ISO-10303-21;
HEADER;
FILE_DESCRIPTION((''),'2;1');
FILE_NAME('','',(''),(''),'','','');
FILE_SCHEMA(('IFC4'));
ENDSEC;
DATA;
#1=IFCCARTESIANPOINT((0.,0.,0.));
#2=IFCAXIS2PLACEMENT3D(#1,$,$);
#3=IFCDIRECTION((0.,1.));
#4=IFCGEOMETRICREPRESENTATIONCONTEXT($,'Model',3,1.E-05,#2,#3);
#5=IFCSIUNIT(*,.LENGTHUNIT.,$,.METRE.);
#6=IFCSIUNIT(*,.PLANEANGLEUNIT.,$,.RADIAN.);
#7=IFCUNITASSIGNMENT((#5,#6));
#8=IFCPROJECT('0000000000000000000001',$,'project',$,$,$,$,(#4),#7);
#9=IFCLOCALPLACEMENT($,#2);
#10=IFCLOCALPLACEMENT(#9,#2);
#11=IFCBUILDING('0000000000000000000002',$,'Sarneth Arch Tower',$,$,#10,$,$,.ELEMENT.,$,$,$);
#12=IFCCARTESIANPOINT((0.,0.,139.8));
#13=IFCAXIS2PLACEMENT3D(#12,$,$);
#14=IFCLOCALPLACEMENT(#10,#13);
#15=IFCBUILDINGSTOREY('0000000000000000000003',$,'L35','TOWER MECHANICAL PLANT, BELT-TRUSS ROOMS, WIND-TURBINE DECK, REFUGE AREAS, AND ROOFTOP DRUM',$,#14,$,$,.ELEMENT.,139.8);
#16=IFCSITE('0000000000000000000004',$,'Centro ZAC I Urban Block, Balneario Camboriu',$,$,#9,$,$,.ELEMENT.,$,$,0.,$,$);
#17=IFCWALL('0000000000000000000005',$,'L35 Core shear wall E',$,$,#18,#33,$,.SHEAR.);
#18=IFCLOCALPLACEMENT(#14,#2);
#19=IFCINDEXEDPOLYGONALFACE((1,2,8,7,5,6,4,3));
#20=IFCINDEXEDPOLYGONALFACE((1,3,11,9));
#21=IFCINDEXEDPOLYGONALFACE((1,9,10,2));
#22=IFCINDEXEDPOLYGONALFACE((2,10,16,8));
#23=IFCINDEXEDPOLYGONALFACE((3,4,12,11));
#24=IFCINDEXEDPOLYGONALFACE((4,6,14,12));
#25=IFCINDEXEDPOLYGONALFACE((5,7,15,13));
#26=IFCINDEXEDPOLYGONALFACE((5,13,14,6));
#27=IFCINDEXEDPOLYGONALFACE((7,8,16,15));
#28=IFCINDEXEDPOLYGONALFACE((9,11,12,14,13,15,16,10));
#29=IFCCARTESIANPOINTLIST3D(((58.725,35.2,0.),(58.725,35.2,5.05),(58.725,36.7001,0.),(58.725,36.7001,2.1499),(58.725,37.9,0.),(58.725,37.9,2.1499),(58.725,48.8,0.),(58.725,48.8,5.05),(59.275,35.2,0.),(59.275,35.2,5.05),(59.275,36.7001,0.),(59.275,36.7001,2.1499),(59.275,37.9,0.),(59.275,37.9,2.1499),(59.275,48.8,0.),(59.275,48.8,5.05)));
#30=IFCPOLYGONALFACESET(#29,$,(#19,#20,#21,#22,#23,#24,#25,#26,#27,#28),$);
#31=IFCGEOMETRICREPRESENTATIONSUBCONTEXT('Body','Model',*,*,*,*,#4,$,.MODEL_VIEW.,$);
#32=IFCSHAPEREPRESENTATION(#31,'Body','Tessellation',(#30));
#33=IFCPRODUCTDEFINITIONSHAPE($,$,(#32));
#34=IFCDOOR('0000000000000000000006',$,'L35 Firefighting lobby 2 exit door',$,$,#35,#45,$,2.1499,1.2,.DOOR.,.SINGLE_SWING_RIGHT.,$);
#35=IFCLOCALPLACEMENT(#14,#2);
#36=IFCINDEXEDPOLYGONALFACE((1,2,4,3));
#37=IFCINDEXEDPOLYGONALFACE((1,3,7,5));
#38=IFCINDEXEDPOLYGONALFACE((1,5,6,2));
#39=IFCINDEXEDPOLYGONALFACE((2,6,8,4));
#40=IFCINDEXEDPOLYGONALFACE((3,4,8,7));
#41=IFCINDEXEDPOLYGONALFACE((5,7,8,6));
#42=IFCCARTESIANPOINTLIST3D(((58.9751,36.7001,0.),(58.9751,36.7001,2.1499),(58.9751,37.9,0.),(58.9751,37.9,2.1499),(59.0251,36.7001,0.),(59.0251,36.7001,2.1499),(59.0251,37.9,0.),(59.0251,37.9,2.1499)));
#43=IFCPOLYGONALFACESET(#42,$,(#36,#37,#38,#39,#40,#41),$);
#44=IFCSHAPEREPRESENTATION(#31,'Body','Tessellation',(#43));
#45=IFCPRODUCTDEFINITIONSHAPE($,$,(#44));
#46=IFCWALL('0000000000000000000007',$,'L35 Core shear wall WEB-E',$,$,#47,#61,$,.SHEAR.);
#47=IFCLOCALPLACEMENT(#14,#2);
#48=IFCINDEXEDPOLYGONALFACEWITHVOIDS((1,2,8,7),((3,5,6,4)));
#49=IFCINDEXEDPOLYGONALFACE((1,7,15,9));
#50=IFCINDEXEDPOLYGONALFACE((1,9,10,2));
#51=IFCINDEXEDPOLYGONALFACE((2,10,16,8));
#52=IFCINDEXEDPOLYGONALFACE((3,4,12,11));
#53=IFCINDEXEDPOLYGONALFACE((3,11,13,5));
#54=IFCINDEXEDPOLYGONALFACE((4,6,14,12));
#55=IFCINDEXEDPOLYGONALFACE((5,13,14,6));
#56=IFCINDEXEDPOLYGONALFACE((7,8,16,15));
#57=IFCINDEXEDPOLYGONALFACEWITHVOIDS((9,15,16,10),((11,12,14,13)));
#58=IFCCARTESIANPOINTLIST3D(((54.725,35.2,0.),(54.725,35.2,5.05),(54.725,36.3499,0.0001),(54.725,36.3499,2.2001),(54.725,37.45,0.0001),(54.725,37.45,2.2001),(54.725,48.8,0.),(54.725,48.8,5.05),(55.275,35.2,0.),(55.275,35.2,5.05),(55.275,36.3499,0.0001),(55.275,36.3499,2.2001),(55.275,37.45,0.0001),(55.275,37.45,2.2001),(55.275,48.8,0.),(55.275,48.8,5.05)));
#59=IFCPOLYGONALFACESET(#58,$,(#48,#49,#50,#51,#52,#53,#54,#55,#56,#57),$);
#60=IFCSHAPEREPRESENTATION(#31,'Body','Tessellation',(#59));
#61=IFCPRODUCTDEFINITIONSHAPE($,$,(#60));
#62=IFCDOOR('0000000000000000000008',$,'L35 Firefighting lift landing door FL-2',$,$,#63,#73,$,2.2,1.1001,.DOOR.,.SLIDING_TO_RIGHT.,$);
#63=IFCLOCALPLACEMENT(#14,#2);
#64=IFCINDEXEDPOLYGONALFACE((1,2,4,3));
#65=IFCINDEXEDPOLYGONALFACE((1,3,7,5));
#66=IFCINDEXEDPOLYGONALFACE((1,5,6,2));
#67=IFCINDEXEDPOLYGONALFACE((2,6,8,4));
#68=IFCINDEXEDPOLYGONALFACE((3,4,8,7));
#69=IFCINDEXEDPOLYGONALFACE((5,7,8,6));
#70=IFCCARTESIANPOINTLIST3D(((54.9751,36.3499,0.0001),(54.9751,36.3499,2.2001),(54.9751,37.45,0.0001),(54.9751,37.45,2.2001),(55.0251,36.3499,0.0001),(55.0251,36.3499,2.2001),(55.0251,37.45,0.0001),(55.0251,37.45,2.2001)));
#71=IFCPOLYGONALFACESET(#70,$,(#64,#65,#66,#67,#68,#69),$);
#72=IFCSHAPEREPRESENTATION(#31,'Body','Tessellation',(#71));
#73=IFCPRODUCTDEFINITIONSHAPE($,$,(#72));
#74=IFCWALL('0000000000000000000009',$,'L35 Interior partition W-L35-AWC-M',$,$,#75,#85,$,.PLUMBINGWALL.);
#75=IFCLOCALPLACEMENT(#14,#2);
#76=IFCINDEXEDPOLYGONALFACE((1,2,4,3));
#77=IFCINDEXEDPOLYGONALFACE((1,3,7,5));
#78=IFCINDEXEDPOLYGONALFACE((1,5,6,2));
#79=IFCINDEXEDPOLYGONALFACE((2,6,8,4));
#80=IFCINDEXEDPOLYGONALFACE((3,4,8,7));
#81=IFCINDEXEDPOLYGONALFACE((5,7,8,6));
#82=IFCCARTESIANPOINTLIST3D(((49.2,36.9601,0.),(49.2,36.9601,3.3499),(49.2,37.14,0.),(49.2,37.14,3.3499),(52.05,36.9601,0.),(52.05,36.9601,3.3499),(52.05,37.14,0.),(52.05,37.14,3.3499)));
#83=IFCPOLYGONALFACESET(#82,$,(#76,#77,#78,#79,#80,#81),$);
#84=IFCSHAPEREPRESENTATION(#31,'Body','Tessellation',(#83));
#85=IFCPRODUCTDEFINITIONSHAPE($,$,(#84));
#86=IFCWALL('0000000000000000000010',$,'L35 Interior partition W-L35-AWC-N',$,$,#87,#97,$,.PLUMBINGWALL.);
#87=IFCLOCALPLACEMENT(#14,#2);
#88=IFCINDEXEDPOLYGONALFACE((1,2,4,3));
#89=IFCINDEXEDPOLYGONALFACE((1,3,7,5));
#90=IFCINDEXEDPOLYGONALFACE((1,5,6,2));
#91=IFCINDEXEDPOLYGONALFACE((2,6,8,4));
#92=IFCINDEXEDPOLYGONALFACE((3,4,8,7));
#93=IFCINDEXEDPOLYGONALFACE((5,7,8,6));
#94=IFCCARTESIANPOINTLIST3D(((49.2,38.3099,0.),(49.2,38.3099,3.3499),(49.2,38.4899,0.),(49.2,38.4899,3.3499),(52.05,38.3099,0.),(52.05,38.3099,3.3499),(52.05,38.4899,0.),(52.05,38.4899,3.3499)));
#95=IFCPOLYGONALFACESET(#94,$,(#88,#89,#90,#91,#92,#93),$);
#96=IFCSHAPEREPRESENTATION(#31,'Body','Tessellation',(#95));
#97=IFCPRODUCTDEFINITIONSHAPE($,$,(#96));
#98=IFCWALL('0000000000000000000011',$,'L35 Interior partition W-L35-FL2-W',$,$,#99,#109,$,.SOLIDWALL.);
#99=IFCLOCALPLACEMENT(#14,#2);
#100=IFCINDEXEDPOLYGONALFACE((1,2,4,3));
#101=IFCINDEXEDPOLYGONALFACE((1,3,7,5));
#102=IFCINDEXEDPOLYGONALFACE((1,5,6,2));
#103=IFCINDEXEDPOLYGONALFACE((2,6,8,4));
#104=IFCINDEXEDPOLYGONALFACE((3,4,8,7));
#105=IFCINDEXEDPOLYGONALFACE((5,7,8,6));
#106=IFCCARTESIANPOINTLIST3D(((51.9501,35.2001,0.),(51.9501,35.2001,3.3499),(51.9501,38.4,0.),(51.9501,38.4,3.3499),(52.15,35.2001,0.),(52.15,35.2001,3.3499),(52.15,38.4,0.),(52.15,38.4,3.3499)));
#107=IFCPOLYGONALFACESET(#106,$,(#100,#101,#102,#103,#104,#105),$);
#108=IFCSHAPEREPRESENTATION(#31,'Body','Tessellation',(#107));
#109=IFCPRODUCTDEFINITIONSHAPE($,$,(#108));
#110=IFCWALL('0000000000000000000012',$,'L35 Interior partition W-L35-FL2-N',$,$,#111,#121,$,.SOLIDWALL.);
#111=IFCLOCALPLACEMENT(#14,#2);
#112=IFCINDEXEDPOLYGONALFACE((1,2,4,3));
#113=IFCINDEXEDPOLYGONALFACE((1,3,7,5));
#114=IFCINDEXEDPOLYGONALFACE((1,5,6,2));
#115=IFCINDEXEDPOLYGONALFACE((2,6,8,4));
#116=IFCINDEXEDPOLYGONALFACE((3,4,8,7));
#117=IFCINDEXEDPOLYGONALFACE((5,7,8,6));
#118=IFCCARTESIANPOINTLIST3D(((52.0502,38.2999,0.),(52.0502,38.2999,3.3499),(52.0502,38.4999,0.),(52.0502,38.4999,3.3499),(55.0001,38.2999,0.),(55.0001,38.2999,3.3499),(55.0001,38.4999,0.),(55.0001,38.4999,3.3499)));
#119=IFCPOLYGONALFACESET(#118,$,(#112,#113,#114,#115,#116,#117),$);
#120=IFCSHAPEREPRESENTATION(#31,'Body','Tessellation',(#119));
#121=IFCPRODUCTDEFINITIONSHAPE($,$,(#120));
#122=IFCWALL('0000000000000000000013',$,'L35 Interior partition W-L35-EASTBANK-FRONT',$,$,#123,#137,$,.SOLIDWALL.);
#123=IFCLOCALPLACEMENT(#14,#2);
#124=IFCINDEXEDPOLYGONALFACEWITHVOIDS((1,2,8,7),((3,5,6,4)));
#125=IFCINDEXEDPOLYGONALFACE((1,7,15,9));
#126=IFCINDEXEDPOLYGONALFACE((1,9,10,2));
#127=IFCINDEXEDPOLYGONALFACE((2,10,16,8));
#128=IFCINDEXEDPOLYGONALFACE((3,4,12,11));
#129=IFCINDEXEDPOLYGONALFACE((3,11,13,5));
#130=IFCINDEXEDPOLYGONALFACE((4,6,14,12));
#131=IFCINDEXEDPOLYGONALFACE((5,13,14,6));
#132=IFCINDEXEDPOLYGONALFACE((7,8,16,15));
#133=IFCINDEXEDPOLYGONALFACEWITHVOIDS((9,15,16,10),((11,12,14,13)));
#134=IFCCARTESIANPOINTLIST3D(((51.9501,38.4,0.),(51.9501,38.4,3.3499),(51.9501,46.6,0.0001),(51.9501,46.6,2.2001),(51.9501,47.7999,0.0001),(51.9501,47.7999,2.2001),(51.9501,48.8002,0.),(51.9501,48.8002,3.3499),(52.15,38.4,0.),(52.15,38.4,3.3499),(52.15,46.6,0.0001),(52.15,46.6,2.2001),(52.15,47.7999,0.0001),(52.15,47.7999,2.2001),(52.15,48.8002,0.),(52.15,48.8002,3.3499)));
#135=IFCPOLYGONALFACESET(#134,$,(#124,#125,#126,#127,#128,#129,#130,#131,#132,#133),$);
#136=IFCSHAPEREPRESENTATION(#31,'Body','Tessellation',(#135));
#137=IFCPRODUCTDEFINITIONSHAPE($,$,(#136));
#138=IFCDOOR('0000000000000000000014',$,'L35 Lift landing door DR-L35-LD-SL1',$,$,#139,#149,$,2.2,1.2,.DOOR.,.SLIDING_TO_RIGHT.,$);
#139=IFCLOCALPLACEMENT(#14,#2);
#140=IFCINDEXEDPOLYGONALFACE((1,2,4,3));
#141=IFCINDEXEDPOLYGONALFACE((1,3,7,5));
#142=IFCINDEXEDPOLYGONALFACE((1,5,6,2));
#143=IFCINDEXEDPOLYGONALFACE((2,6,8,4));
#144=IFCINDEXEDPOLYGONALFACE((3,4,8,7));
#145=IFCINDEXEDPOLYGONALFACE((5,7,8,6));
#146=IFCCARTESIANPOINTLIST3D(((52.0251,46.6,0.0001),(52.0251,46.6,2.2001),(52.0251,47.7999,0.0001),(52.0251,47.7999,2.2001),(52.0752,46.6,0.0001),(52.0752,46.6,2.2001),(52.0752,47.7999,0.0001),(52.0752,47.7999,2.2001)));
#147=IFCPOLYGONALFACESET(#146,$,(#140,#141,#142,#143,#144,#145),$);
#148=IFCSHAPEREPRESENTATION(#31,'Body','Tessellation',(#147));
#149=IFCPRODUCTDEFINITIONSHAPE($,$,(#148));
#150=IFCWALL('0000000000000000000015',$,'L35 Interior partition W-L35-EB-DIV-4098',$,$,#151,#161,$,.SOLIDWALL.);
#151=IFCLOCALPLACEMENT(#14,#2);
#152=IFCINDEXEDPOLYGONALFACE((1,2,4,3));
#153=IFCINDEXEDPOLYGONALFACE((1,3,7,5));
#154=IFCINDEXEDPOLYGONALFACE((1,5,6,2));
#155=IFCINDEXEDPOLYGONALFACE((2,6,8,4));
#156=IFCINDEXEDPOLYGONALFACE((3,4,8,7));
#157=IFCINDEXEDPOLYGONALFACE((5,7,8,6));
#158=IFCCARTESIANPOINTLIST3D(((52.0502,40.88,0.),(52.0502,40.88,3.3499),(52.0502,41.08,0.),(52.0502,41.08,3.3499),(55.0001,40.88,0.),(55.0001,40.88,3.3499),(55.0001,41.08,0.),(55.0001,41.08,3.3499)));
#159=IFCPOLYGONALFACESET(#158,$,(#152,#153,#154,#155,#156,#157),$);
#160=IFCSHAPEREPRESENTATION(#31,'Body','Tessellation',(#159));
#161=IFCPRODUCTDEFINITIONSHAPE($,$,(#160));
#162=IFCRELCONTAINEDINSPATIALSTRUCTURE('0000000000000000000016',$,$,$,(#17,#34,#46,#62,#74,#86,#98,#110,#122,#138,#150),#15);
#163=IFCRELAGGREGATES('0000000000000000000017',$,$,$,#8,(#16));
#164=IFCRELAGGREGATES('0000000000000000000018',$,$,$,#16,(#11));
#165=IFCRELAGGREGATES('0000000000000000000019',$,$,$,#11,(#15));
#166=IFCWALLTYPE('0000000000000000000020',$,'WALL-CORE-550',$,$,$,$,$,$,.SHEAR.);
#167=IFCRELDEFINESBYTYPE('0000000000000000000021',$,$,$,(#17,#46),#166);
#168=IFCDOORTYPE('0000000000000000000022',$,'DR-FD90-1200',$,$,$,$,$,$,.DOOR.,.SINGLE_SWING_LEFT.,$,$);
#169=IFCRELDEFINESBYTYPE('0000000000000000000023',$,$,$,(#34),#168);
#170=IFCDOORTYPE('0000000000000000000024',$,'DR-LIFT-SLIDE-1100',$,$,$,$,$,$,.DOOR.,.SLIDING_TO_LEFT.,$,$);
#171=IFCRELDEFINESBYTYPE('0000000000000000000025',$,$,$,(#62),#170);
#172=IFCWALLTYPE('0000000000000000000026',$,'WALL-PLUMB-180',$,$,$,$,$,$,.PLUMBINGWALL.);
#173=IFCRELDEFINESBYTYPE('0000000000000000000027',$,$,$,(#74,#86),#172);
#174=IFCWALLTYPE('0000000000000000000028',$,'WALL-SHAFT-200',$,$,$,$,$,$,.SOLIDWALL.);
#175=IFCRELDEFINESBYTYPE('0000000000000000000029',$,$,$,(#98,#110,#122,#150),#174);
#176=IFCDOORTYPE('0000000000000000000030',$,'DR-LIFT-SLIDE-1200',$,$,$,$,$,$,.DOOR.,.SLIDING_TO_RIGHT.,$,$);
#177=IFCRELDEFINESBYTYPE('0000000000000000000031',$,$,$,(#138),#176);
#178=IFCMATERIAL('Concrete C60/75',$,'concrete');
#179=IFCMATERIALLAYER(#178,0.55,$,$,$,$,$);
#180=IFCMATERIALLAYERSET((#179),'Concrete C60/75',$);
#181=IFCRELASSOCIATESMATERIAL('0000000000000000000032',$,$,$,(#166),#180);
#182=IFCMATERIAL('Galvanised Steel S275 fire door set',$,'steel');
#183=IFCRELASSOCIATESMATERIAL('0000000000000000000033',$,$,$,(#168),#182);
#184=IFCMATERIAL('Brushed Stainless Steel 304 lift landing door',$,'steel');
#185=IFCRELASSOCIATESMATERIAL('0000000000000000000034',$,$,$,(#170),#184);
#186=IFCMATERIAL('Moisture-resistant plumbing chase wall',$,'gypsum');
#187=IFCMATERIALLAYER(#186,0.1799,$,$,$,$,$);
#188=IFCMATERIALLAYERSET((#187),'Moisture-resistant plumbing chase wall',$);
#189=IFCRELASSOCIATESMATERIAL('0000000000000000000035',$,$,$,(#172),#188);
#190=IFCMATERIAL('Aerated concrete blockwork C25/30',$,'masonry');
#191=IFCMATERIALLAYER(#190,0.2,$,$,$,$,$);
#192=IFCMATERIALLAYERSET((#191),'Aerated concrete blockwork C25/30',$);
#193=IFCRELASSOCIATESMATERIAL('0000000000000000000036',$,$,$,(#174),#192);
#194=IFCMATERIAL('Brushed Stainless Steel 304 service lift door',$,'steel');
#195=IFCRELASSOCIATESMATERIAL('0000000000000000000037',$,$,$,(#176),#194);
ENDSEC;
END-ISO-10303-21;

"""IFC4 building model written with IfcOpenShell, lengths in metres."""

from ifc_helpers import new_model, si_unit, direction, frame, frame_2d, origin, place, context, subcontext, project, spatial, rectangle, extrude, material, layer, layer_set, type_object, element, fill, save


model = new_model("IFC4")

# Units and contexts
model_context = context("Model", 3, precision=1e-05, world=origin(), true_north=direction((0.0, 1.0)))
body_context = subcontext(model_context, "Body", "Model", "MODEL_VIEW")
ifc_project = project(units=[si_unit("LENGTHUNIT", "METRE"), si_unit("PLANEANGLEUNIT", "RADIAN")], contexts=[model_context])

# Site, building, storey
site_placement = place(None, origin())
site = spatial("IfcSite", under=ifc_project, at=site_placement, Name="Centro ZAC I Urban Block, Balneario Camboriu", CompositionType="ELEMENT", RefElevation=0.0)
building_placement = place(site_placement, origin())
building = spatial("IfcBuilding", under=site, at=building_placement, Name="Sarneth Arch Tower", CompositionType="ELEMENT")
storey_placement = place(building_placement, frame((0.0, 0.0, 139.8)))
storey = spatial("IfcBuildingStorey", under=building, at=storey_placement, Name="L35", Description="TOWER MECHANICAL PLANT, BELT-TRUSS ROOMS, WIND-TURBINE DECK, REFUGE AREAS, AND ROOFTOP DRUM", CompositionType="ELEMENT", Elevation=139.8)

# Shared definitions
ifc_material_1 = material(Name="Concrete C60/75", Category="concrete")
ifc_layer_1 = layer(ifc_material_1, 0.55)
ifc_layer_set_1 = layer_set([ifc_layer_1], Name="Concrete C60/75")
wall_type_1 = type_object("IfcWallType", Name="WALL-CORE-550", PredefinedType="SHEAR", material=ifc_layer_set_1)

# Walls, openings, doors
wall_1_placement = place(storey_placement, frame((59.0, 35.2, 0.0), z_axis=(0.0, 0.0, 1.0), x_axis=(0.0, 1.0, 0.0)))
wall_1 = element("IfcWall", 1, at=wall_1_placement, inside=storey, type_object=wall_type_1, Name="L35 Core shear wall E", PredefinedType="SHEAR", context=body_context, shape_type="SweptSolid", body=[
    extrude(rectangle(XDim=13.6001, YDim=0.55, at=frame_2d((6.8, 0.0))), origin(), (0.0, 0.0, 1.0), 5.05),
])
opening_1_placement = place(wall_1_placement, frame((1.5, 0.0, 0.0)))
opening_1 = element("IfcOpeningElement", 2, at=opening_1_placement, cuts=wall_1, PredefinedType="OPENING", context=body_context, shape_type="SweptSolid", body=[
    extrude(rectangle(XDim=1.2, YDim=2.1499, at=frame_2d((0.6001, 1.075))), frame((0.0, 0.2849, 0.0), z_axis=(0.0, -1.0, 0.0), x_axis=(1.0, 0.0, 0.0)), (0.0, 0.0, 1.0), 0.5701),
])
ifc_material_2 = material(Name="Galvanised Steel S275 fire door set", Category="steel")
door_type_1 = type_object("IfcDoorType", Name="DR-FD90-1200", OperationType="SINGLE_SWING_LEFT", PredefinedType="DOOR", material=ifc_material_2)
door_1_placement = place(opening_1_placement, origin())
door_1 = element("IfcDoor", 3, at=door_1_placement, inside=storey, type_object=door_type_1, Name="L35 Firefighting lobby 2 exit door", OperationType="SINGLE_SWING_RIGHT", OverallHeight=2.1499, OverallWidth=1.2, PredefinedType="DOOR", context=body_context, shape_type="SweptSolid", body=[
    extrude(rectangle(XDim=1.2, YDim=2.1499, at=frame_2d((0.6001, 1.075))), frame((0.0, 0.0249, 0.0), z_axis=(0.0, -1.0, 0.0), x_axis=(1.0, 0.0, 0.0)), (0.0, 0.0, 1.0), 0.05),
])
fill(opening_1, door_1)
wall_2_placement = place(storey_placement, frame((55.0, 35.2, 0.0), z_axis=(0.0, 0.0, 1.0), x_axis=(0.0, 1.0, 0.0)))
wall_2 = element("IfcWall", 4, at=wall_2_placement, inside=storey, type_object=wall_type_1, Name="L35 Core shear wall WEB-E", PredefinedType="SHEAR", context=body_context, shape_type="SweptSolid", body=[
    extrude(rectangle(XDim=13.6001, YDim=0.55, at=frame_2d((6.8, 0.0))), origin(), (0.0, 0.0, 1.0), 5.05),
])
opening_2_placement = place(wall_2_placement, frame((1.1499, 0.0, 0.0)))
opening_2 = element("IfcOpeningElement", 5, at=opening_2_placement, cuts=wall_2, PredefinedType="OPENING", context=body_context, shape_type="SweptSolid", body=[
    extrude(rectangle(XDim=1.1001, YDim=2.2, at=frame_2d((0.55, 1.1001))), frame((0.0, 0.2849, 0.0), z_axis=(0.0, -1.0, 0.0), x_axis=(1.0, 0.0, 0.0)), (0.0, 0.0, 1.0), 0.5701),
])
ifc_material_3 = material(Name="Brushed Stainless Steel 304 lift landing door", Category="steel")
door_type_2 = type_object("IfcDoorType", Name="DR-LIFT-SLIDE-1100", OperationType="SLIDING_TO_LEFT", PredefinedType="DOOR", material=ifc_material_3)
door_2_placement = place(opening_2_placement, origin())
door_2 = element("IfcDoor", 6, at=door_2_placement, inside=storey, type_object=door_type_2, Name="L35 Firefighting lift landing door FL-2", OperationType="SLIDING_TO_RIGHT", OverallHeight=2.2, OverallWidth=1.1001, PredefinedType="DOOR", context=body_context, shape_type="SweptSolid", body=[
    extrude(rectangle(XDim=1.1001, YDim=2.2, at=frame_2d((0.55, 1.1001))), frame((0.0, 0.0249, 0.0), z_axis=(0.0, -1.0, 0.0), x_axis=(1.0, 0.0, 0.0)), (0.0, 0.0, 1.0), 0.05),
])
fill(opening_2, door_2)

# Walls
ifc_material_4 = material(Name="Moisture-resistant plumbing chase wall", Category="gypsum")
ifc_layer_2 = layer(ifc_material_4, 0.1799)
ifc_layer_set_2 = layer_set([ifc_layer_2], Name="Moisture-resistant plumbing chase wall")
wall_type_2 = type_object("IfcWallType", Name="WALL-PLUMB-180", PredefinedType="PLUMBINGWALL", material=ifc_layer_set_2)
for number, where, z_axis, x_axis, name in (
    (7, (49.2, 37.05, 0.0), (0.0, 0.0, 1.0), (1.0, 0.0, 0.0), "L35 Interior partition W-L35-AWC-M"),
    (8, (49.2, 38.3999, 0.0), (0.0, 0.0, 1.0), (1.0, 0.0, 0.0), "L35 Interior partition W-L35-AWC-N"),
):
    element("IfcWall", number, at=place(storey_placement, frame(where, z_axis=z_axis, x_axis=x_axis)), inside=storey, type_object=wall_type_2, Name=name, PredefinedType="PLUMBINGWALL", context=body_context, shape_type="SweptSolid", body=[
        extrude(rectangle(XDim=2.8501, YDim=0.1799, at=frame_2d((1.425, 0.0))), origin(), (0.0, 0.0, 1.0), 3.3499),
    ])

# Shared definitions
ifc_material_5 = material(Name="Aerated concrete blockwork C25/30", Category="masonry")
ifc_layer_3 = layer(ifc_material_5, 0.2)
ifc_layer_set_3 = layer_set([ifc_layer_3], Name="Aerated concrete blockwork C25/30")
wall_type_3 = type_object("IfcWallType", Name="WALL-SHAFT-200", PredefinedType="SOLIDWALL", material=ifc_layer_set_3)

# Walls
wall_3_placement = place(storey_placement, frame((52.05, 35.2, 0.0), z_axis=(0.0, 0.0, 1.0), x_axis=(0.0, 1.0, 0.0)))
element("IfcWall", 9, at=wall_3_placement, inside=storey, type_object=wall_type_3, Name="L35 Interior partition W-L35-FL2-W", PredefinedType="SOLIDWALL", context=body_context, shape_type="SweptSolid", body=[
    extrude(rectangle(XDim=3.2, YDim=0.2, at=frame_2d((1.6001, 0.0))), origin(), (0.0, 0.0, 1.0), 3.3499),
])
wall_4_placement = place(storey_placement, frame((52.05, 38.3999, 0.0), z_axis=(0.0, 0.0, 1.0), x_axis=(1.0, 0.0, 0.0)))
element("IfcWall", 10, at=wall_4_placement, inside=storey, type_object=wall_type_3, Name="L35 Interior partition W-L35-FL2-N", PredefinedType="SOLIDWALL", context=body_context, shape_type="SweptSolid", body=[
    extrude(rectangle(XDim=2.95, YDim=0.2, at=frame_2d((1.4751, 0.0))), origin(), (0.0, 0.0, 1.0), 3.3499),
])

# Wall, opening, door
wall_5_placement = place(storey_placement, frame((52.05, 38.3999, 0.0), z_axis=(0.0, 0.0, 1.0), x_axis=(0.0, 1.0, 0.0)))
wall_5 = element("IfcWall", 11, at=wall_5_placement, inside=storey, type_object=wall_type_3, Name="L35 Interior partition W-L35-EASTBANK-FRONT", PredefinedType="SOLIDWALL", context=body_context, shape_type="SweptSolid", body=[
    extrude(rectangle(XDim=10.4001, YDim=0.2, at=frame_2d((5.2002, 0.0))), origin(), (0.0, 0.0, 1.0), 3.3499),
])
opening_3_placement = place(wall_5_placement, frame((8.2, 0.0, 0.0)))
opening_3 = element("IfcOpeningElement", 12, at=opening_3_placement, cuts=wall_5, PredefinedType="OPENING", context=body_context, shape_type="SweptSolid", body=[
    extrude(rectangle(XDim=1.2, YDim=2.2, at=frame_2d((0.6001, 1.1001))), frame((0.0, 0.1099, 0.0), z_axis=(0.0, -1.0, 0.0), x_axis=(1.0, 0.0, 0.0)), (0.0, 0.0, 1.0), 0.22),
])
ifc_material_6 = material(Name="Brushed Stainless Steel 304 service lift door", Category="steel")
door_type_3 = type_object("IfcDoorType", Name="DR-LIFT-SLIDE-1200", OperationType="SLIDING_TO_RIGHT", PredefinedType="DOOR", material=ifc_material_6)
door_3_placement = place(opening_3_placement, origin())
door_3 = element("IfcDoor", 13, at=door_3_placement, inside=storey, type_object=door_type_3, Name="L35 Lift landing door DR-L35-LD-SL1", OperationType="SLIDING_TO_RIGHT", OverallHeight=2.2, OverallWidth=1.2, PredefinedType="DOOR", context=body_context, shape_type="SweptSolid", body=[
    extrude(rectangle(XDim=1.2, YDim=2.2, at=frame_2d((0.6001, 1.1001))), frame((0.0, 0.0249, 0.0), z_axis=(0.0, -1.0, 0.0), x_axis=(1.0, 0.0, 0.0)), (0.0, 0.0, 1.0), 0.05),
])
fill(opening_3, door_3)

# Wall
wall_6_placement = place(storey_placement, frame((52.05, 40.98, 0.0), z_axis=(0.0, 0.0, 1.0), x_axis=(1.0, 0.0, 0.0)))
element("IfcWall", 14, at=wall_6_placement, inside=storey, type_object=wall_type_3, Name="L35 Interior partition W-L35-EB-DIV-4098", PredefinedType="SOLIDWALL", context=body_context, shape_type="SweptSolid", body=[
    extrude(rectangle(XDim=2.95, YDim=0.2, at=frame_2d((1.4751, 0.0))), origin(), (0.0, 0.0, 1.0), 3.3499),
])

save(model, "model.ifc")
